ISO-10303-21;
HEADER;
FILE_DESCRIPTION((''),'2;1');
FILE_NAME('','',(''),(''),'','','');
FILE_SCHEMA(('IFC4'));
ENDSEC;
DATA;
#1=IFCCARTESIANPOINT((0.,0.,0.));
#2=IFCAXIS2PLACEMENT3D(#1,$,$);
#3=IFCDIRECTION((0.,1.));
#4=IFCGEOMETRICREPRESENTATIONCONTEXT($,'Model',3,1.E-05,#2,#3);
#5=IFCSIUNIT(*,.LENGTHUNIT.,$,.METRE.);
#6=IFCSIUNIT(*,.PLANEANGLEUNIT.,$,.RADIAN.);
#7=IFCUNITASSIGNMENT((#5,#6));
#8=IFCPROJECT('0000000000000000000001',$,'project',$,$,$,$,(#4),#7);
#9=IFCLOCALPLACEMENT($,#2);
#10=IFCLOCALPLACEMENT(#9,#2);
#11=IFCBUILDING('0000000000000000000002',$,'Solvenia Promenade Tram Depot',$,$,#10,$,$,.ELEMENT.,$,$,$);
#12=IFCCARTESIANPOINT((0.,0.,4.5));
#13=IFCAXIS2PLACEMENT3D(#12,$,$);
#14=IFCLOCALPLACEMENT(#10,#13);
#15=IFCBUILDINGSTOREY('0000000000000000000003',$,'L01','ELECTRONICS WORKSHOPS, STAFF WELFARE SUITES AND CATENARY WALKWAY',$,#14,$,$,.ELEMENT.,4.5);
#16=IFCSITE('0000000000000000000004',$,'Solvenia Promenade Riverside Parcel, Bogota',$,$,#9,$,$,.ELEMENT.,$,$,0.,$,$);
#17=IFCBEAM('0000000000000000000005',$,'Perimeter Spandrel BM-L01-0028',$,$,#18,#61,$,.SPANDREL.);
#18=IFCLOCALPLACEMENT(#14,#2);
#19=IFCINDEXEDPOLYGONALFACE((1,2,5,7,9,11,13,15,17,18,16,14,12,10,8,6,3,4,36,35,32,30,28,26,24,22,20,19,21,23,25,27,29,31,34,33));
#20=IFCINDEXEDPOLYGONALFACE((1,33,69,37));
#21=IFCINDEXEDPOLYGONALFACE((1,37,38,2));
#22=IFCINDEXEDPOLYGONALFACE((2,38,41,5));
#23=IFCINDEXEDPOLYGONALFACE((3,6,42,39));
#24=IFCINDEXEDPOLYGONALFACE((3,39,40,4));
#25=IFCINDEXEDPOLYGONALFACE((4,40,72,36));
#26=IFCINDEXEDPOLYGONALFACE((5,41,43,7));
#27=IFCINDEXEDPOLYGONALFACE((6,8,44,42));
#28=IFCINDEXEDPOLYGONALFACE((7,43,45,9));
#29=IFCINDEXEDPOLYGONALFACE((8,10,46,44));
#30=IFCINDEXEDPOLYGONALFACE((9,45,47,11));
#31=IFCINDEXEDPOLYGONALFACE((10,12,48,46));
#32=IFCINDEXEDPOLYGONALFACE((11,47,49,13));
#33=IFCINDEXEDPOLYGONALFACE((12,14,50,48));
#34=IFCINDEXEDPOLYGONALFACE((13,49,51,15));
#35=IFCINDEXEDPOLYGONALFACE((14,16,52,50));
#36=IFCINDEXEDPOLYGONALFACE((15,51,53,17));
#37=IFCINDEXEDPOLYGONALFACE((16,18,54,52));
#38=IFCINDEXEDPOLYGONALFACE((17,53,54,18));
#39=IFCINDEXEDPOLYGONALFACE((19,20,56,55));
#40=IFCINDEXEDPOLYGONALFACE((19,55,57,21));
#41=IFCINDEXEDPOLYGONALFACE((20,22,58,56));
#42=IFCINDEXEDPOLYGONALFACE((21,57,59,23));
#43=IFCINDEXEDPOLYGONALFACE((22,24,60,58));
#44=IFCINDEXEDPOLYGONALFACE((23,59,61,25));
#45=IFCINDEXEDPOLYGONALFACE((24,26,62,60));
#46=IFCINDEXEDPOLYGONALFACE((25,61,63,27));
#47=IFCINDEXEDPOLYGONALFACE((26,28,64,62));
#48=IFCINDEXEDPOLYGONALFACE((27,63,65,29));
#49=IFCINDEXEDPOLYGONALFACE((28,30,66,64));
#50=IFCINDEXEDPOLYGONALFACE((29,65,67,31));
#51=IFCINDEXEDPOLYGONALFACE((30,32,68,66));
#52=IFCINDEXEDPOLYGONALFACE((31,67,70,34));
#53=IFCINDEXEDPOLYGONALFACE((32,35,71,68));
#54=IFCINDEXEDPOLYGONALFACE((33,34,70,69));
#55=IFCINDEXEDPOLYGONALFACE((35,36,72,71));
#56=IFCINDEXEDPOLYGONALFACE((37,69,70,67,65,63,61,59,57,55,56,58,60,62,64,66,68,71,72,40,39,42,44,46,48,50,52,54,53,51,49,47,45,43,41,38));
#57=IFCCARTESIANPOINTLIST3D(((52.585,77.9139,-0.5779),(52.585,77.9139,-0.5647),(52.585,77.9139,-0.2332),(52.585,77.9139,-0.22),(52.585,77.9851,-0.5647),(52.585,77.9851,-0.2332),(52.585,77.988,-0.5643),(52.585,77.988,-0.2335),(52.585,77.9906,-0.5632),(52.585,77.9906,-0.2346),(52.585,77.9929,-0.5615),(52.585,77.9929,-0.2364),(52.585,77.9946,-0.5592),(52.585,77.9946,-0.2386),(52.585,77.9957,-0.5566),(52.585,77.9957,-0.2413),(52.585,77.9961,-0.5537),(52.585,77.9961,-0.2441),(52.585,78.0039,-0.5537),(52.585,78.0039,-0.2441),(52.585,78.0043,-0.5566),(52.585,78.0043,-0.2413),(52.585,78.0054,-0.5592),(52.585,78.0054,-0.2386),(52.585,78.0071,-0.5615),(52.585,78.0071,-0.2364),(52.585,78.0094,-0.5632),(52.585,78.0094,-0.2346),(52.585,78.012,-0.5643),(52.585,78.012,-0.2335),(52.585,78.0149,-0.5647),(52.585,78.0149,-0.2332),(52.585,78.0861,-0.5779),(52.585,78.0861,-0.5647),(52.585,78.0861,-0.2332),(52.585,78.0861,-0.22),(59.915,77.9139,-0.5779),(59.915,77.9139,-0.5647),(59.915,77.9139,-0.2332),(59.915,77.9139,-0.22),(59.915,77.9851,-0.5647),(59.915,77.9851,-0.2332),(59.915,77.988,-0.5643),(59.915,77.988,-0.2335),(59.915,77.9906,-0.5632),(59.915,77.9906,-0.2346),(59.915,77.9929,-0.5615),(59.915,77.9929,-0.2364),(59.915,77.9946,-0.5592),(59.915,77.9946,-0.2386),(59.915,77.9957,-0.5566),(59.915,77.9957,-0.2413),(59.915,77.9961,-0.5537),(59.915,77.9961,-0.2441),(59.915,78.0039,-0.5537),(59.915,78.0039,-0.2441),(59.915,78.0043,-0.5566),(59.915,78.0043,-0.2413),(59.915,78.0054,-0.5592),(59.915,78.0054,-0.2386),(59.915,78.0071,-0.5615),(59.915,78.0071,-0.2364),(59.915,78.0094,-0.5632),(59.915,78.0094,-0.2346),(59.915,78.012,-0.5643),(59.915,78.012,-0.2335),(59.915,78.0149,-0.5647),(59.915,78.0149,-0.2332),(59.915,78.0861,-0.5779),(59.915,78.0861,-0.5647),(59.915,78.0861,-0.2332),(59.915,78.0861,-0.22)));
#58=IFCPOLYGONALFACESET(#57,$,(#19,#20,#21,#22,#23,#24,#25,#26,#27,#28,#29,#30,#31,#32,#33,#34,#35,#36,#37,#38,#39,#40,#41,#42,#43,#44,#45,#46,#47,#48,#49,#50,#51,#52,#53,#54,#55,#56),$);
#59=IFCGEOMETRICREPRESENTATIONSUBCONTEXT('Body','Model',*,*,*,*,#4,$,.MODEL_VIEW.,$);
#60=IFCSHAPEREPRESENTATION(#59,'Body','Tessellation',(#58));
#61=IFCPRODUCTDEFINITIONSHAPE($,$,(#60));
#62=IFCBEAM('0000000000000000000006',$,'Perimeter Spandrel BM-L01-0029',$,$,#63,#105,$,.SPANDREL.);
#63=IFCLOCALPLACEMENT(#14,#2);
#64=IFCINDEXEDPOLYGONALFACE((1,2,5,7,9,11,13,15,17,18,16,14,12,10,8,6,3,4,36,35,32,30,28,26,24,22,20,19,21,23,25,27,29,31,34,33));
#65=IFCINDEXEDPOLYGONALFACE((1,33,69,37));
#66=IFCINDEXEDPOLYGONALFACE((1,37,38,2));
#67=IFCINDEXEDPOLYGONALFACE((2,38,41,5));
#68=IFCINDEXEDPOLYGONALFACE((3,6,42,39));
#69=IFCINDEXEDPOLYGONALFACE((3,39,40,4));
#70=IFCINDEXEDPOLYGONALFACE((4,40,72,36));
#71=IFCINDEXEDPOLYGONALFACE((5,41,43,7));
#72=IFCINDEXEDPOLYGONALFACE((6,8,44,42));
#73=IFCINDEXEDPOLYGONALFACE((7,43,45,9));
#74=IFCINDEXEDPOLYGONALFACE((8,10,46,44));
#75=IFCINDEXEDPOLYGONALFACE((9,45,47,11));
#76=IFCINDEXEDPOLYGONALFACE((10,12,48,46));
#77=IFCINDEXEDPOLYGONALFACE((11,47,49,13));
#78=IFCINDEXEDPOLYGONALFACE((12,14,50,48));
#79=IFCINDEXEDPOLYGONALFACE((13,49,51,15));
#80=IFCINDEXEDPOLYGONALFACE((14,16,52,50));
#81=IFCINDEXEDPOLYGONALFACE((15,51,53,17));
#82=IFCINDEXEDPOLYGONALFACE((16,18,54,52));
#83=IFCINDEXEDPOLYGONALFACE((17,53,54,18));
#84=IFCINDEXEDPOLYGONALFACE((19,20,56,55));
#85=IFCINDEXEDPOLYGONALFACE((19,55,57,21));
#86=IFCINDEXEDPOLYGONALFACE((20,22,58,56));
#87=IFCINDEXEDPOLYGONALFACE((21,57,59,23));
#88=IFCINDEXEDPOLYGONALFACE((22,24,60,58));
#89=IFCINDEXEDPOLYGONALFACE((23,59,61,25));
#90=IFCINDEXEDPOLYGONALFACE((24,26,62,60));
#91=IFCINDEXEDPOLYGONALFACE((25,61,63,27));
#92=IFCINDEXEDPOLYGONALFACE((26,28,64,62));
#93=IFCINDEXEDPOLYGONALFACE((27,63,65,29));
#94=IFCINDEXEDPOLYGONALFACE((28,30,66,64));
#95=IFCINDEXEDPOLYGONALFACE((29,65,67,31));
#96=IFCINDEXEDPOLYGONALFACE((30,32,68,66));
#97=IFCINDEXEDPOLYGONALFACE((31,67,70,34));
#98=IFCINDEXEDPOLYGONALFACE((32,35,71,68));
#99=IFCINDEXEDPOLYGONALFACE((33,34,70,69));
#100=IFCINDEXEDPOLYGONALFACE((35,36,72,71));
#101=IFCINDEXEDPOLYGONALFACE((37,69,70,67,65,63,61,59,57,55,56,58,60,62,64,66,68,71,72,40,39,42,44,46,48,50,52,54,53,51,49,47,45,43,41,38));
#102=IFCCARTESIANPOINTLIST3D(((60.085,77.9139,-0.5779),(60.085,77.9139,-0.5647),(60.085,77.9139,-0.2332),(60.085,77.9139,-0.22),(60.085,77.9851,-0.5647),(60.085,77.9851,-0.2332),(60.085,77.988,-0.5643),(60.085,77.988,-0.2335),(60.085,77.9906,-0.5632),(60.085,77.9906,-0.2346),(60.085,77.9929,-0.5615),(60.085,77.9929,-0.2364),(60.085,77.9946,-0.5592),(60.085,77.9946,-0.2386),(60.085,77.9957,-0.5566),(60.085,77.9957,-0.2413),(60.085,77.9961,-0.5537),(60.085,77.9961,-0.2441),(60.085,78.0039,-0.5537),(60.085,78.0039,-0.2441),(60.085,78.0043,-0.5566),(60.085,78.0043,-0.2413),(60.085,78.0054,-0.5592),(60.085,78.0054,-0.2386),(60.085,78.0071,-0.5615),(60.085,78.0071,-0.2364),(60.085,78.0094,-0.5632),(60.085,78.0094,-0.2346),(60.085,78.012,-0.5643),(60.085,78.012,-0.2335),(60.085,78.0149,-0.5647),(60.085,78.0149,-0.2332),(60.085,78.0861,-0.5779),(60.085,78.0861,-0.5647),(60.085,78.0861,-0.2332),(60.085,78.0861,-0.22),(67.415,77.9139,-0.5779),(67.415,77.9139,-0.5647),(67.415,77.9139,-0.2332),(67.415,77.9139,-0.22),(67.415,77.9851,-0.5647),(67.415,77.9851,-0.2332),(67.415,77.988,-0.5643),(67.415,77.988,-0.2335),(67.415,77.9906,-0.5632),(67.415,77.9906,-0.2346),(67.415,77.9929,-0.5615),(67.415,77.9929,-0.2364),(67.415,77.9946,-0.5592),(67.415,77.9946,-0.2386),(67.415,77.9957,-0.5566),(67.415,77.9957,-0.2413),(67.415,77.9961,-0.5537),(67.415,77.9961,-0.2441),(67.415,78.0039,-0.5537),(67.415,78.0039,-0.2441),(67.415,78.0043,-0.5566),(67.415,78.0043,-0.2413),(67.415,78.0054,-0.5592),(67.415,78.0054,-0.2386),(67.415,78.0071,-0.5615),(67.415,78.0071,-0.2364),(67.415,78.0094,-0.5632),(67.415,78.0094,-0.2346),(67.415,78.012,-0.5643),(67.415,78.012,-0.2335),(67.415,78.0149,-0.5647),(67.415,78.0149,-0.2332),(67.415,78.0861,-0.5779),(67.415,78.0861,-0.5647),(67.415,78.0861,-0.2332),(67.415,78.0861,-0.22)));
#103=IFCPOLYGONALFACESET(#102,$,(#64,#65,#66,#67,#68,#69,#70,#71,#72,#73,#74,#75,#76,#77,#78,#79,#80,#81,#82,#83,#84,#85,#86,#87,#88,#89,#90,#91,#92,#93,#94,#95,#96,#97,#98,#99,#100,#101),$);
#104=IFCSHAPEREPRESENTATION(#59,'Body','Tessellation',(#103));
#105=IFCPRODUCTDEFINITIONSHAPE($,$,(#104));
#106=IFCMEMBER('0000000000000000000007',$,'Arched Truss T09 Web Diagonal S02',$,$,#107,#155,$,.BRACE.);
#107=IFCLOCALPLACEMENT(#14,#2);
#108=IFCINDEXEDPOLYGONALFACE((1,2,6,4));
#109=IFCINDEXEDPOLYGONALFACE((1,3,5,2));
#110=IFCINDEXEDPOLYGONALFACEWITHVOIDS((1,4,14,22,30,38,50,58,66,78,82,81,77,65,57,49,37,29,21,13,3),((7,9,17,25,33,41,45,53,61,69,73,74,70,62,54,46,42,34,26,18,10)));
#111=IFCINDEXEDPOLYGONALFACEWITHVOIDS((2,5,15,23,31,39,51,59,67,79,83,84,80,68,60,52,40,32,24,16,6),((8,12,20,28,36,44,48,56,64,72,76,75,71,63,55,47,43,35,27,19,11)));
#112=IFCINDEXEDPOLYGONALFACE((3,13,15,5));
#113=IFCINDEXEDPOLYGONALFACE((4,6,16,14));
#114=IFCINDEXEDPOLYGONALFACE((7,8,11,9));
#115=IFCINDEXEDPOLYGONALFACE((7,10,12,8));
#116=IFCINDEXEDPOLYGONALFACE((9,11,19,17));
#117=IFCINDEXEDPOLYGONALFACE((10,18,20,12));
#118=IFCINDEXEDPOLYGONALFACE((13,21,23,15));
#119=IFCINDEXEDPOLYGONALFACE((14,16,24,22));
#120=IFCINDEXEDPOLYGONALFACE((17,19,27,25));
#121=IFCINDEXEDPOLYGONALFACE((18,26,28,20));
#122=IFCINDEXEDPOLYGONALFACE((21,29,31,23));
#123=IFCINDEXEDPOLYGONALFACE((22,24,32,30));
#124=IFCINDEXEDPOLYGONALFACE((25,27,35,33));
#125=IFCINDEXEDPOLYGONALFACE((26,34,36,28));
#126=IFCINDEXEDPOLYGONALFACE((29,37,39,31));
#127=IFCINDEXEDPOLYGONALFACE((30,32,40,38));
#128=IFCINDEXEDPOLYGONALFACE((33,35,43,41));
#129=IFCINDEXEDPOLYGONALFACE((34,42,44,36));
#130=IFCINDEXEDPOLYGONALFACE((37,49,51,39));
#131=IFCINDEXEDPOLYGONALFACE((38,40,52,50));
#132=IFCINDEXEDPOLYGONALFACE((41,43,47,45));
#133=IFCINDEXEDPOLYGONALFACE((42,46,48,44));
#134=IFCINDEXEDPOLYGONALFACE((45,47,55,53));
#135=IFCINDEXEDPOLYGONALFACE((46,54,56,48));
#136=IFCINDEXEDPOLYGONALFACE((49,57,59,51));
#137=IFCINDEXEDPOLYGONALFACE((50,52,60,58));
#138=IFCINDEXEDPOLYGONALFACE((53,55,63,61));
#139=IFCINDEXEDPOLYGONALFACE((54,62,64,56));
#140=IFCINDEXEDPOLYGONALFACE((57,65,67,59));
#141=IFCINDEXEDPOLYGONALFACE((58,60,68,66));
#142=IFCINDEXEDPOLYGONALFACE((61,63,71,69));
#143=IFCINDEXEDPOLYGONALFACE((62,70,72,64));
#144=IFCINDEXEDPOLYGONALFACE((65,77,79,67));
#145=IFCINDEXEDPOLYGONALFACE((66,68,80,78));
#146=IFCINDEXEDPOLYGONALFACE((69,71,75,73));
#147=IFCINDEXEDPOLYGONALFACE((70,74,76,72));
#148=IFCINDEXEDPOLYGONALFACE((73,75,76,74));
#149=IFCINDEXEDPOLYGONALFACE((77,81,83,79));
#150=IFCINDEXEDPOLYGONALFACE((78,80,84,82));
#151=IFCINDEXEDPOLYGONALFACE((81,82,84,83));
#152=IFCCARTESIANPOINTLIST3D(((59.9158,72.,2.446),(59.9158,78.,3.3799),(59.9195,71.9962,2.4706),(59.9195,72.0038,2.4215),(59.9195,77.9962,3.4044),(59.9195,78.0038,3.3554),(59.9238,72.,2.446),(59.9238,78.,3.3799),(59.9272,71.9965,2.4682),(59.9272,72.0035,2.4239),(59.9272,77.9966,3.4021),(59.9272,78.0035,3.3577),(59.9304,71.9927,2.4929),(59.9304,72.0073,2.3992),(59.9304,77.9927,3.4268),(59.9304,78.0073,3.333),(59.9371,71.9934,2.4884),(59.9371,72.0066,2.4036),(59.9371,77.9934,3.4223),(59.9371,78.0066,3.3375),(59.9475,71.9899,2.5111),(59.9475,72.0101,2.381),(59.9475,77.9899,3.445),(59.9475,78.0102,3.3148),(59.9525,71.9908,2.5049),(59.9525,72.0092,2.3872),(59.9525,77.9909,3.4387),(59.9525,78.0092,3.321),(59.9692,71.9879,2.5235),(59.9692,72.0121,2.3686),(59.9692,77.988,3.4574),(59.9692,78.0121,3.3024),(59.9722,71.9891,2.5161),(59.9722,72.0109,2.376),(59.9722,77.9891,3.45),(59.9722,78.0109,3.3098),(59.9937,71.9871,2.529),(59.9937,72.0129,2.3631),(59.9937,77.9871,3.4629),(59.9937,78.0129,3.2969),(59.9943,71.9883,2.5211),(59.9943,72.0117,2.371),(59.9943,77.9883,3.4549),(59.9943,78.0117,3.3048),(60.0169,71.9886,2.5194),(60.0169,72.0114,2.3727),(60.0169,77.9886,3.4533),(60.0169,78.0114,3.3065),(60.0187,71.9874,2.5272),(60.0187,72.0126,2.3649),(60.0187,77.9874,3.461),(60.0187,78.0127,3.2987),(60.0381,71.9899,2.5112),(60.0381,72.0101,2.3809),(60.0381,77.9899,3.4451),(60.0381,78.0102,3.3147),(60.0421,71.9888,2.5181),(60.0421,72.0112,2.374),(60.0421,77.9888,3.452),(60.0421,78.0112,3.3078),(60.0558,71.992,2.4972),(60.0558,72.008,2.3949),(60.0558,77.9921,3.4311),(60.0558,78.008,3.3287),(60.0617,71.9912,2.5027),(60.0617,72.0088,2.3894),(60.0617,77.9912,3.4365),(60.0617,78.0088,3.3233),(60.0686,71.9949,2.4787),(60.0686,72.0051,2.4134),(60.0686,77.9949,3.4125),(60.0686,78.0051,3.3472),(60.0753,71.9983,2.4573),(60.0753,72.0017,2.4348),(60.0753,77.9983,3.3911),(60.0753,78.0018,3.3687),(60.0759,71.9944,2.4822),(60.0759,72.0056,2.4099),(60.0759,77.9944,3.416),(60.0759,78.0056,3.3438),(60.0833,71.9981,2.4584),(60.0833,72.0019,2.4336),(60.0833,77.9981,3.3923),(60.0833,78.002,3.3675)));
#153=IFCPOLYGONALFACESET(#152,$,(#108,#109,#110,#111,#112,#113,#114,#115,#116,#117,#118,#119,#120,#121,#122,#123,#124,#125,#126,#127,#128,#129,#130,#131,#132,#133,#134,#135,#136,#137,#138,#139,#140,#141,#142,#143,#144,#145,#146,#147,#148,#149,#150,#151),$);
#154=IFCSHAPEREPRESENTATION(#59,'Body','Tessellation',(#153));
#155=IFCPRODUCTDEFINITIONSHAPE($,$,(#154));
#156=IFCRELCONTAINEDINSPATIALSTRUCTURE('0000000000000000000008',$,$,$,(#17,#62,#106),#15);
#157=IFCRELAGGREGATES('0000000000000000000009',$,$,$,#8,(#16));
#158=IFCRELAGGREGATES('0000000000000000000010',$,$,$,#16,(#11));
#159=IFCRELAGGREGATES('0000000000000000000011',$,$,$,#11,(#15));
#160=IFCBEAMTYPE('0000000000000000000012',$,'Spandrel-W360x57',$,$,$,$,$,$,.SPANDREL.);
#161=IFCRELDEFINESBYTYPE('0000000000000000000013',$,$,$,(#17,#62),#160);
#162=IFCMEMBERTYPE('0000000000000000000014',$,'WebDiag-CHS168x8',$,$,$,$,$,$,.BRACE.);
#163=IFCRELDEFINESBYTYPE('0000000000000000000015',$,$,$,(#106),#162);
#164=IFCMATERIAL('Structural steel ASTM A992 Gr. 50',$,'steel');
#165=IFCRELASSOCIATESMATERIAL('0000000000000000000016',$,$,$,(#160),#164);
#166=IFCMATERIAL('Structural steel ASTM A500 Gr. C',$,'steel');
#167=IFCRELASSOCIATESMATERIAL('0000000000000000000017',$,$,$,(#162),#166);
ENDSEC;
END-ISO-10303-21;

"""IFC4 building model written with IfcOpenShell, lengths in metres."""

from ifc_helpers import new_model, si_unit, direction, frame, origin, origin_2d, place, context, subcontext, project, spatial, hollow_circle, i_section, extrude, material, material_profile, profile_set, type_object, element, save


model = new_model("IFC4")

# Units and contexts
model_context = context("Model", 3, precision=1e-05, world=origin(), true_north=direction((0.0, 1.0)))
body_context = subcontext(model_context, "Body", "Model", "MODEL_VIEW")
ifc_project = project(units=[si_unit("LENGTHUNIT", "METRE"), si_unit("PLANEANGLEUNIT", "RADIAN")], contexts=[model_context])

# Site, building, storey
site_placement = place(None, origin())
site = spatial("IfcSite", under=ifc_project, at=site_placement, Name="Solvenia Promenade Riverside Parcel, Bogota", CompositionType="ELEMENT", RefElevation=0.0)
building_placement = place(site_placement, origin())
building = spatial("IfcBuilding", under=site, at=building_placement, Name="Solvenia Promenade Tram Depot", CompositionType="ELEMENT")
storey_placement = place(building_placement, frame((0.0, 0.0, 4.5)))
storey = spatial("IfcBuildingStorey", under=building, at=storey_placement, Name="L01", Description="ELECTRONICS WORKSHOPS, STAFF WELFARE SUITES AND CATENARY WALKWAY", CompositionType="ELEMENT", Elevation=4.5)

# Shared definitions
ifc_material_1 = material(Name="Structural steel ASTM A500 Gr. C", Category="steel")

# Shared definitions
ifc_material_2 = material(Name="Structural steel ASTM A992 Gr. 50", Category="steel")

# Beams
ifc_material_profile_1 = material_profile(ifc_material_2, i_section(OverallWidth=0.1721, OverallDepth=0.3579, WebThickness=0.0078, FlangeThickness=0.0132, FilletRadius=0.011, at=origin_2d()), Name="W360x57", Category="steel")
ifc_profile_set_1 = profile_set([ifc_material_profile_1], Name="Structural steel ASTM A992 Gr. 50")
beam_type_1 = type_object("IfcBeamType", Name="Spandrel-W360x57", PredefinedType="SPANDREL", material=ifc_profile_set_1)
for number, where, z_axis, x_axis, name in (
    (1, (52.585, 78.0, -0.3989), (1.0, 0.0, 0.0), (0.0, 1.0, 0.0), "Perimeter Spandrel BM-L01-0028"),
    (2, (60.085, 78.0, -0.3989), (1.0, 0.0, 0.0), (0.0, 1.0, 0.0), "Perimeter Spandrel BM-L01-0029"),
):
    element("IfcBeam", number, at=place(storey_placement, frame(where, z_axis=z_axis, x_axis=x_axis)), inside=storey, type_object=beam_type_1, Name=name, PredefinedType="SPANDREL", context=body_context, shape_type="SweptSolid", body=[
        extrude(i_section(OverallWidth=0.1721, OverallDepth=0.3579, WebThickness=0.0078, FlangeThickness=0.0132, FilletRadius=0.011, at=origin_2d()), origin(), (0.0, 0.0, 1.0), 7.3301),
    ])

# Member
ifc_material_profile_2 = material_profile(ifc_material_1, hollow_circle(Radius=0.0842, WallThickness=0.0081, at=origin_2d()), Name="CHS168.3x8", Category="steel")
ifc_profile_set_2 = profile_set([ifc_material_profile_2], Name="Structural steel ASTM A500 Gr. C")
member_type_1 = type_object("IfcMemberType", Name="WebDiag-CHS168x8", PredefinedType="BRACE", material=ifc_profile_set_2)
member_1_placement = place(storey_placement, frame((60.0, 72.0, 2.446), z_axis=(0.0, 0.988104, 0.153788), x_axis=(-1.0, 0.0, 0.0)))
element("IfcMember", 3, at=member_1_placement, inside=storey, type_object=member_type_1, Name="Arched Truss T09 Web Diagonal S02", PredefinedType="BRACE", context=body_context, shape_type="SweptSolid", body=[
    extrude(hollow_circle(Radius=0.0842, WallThickness=0.0081, at=origin_2d()), origin(), (0.0, 0.0, 1.0), 6.0723),
])

save(model, "model.ifc")
